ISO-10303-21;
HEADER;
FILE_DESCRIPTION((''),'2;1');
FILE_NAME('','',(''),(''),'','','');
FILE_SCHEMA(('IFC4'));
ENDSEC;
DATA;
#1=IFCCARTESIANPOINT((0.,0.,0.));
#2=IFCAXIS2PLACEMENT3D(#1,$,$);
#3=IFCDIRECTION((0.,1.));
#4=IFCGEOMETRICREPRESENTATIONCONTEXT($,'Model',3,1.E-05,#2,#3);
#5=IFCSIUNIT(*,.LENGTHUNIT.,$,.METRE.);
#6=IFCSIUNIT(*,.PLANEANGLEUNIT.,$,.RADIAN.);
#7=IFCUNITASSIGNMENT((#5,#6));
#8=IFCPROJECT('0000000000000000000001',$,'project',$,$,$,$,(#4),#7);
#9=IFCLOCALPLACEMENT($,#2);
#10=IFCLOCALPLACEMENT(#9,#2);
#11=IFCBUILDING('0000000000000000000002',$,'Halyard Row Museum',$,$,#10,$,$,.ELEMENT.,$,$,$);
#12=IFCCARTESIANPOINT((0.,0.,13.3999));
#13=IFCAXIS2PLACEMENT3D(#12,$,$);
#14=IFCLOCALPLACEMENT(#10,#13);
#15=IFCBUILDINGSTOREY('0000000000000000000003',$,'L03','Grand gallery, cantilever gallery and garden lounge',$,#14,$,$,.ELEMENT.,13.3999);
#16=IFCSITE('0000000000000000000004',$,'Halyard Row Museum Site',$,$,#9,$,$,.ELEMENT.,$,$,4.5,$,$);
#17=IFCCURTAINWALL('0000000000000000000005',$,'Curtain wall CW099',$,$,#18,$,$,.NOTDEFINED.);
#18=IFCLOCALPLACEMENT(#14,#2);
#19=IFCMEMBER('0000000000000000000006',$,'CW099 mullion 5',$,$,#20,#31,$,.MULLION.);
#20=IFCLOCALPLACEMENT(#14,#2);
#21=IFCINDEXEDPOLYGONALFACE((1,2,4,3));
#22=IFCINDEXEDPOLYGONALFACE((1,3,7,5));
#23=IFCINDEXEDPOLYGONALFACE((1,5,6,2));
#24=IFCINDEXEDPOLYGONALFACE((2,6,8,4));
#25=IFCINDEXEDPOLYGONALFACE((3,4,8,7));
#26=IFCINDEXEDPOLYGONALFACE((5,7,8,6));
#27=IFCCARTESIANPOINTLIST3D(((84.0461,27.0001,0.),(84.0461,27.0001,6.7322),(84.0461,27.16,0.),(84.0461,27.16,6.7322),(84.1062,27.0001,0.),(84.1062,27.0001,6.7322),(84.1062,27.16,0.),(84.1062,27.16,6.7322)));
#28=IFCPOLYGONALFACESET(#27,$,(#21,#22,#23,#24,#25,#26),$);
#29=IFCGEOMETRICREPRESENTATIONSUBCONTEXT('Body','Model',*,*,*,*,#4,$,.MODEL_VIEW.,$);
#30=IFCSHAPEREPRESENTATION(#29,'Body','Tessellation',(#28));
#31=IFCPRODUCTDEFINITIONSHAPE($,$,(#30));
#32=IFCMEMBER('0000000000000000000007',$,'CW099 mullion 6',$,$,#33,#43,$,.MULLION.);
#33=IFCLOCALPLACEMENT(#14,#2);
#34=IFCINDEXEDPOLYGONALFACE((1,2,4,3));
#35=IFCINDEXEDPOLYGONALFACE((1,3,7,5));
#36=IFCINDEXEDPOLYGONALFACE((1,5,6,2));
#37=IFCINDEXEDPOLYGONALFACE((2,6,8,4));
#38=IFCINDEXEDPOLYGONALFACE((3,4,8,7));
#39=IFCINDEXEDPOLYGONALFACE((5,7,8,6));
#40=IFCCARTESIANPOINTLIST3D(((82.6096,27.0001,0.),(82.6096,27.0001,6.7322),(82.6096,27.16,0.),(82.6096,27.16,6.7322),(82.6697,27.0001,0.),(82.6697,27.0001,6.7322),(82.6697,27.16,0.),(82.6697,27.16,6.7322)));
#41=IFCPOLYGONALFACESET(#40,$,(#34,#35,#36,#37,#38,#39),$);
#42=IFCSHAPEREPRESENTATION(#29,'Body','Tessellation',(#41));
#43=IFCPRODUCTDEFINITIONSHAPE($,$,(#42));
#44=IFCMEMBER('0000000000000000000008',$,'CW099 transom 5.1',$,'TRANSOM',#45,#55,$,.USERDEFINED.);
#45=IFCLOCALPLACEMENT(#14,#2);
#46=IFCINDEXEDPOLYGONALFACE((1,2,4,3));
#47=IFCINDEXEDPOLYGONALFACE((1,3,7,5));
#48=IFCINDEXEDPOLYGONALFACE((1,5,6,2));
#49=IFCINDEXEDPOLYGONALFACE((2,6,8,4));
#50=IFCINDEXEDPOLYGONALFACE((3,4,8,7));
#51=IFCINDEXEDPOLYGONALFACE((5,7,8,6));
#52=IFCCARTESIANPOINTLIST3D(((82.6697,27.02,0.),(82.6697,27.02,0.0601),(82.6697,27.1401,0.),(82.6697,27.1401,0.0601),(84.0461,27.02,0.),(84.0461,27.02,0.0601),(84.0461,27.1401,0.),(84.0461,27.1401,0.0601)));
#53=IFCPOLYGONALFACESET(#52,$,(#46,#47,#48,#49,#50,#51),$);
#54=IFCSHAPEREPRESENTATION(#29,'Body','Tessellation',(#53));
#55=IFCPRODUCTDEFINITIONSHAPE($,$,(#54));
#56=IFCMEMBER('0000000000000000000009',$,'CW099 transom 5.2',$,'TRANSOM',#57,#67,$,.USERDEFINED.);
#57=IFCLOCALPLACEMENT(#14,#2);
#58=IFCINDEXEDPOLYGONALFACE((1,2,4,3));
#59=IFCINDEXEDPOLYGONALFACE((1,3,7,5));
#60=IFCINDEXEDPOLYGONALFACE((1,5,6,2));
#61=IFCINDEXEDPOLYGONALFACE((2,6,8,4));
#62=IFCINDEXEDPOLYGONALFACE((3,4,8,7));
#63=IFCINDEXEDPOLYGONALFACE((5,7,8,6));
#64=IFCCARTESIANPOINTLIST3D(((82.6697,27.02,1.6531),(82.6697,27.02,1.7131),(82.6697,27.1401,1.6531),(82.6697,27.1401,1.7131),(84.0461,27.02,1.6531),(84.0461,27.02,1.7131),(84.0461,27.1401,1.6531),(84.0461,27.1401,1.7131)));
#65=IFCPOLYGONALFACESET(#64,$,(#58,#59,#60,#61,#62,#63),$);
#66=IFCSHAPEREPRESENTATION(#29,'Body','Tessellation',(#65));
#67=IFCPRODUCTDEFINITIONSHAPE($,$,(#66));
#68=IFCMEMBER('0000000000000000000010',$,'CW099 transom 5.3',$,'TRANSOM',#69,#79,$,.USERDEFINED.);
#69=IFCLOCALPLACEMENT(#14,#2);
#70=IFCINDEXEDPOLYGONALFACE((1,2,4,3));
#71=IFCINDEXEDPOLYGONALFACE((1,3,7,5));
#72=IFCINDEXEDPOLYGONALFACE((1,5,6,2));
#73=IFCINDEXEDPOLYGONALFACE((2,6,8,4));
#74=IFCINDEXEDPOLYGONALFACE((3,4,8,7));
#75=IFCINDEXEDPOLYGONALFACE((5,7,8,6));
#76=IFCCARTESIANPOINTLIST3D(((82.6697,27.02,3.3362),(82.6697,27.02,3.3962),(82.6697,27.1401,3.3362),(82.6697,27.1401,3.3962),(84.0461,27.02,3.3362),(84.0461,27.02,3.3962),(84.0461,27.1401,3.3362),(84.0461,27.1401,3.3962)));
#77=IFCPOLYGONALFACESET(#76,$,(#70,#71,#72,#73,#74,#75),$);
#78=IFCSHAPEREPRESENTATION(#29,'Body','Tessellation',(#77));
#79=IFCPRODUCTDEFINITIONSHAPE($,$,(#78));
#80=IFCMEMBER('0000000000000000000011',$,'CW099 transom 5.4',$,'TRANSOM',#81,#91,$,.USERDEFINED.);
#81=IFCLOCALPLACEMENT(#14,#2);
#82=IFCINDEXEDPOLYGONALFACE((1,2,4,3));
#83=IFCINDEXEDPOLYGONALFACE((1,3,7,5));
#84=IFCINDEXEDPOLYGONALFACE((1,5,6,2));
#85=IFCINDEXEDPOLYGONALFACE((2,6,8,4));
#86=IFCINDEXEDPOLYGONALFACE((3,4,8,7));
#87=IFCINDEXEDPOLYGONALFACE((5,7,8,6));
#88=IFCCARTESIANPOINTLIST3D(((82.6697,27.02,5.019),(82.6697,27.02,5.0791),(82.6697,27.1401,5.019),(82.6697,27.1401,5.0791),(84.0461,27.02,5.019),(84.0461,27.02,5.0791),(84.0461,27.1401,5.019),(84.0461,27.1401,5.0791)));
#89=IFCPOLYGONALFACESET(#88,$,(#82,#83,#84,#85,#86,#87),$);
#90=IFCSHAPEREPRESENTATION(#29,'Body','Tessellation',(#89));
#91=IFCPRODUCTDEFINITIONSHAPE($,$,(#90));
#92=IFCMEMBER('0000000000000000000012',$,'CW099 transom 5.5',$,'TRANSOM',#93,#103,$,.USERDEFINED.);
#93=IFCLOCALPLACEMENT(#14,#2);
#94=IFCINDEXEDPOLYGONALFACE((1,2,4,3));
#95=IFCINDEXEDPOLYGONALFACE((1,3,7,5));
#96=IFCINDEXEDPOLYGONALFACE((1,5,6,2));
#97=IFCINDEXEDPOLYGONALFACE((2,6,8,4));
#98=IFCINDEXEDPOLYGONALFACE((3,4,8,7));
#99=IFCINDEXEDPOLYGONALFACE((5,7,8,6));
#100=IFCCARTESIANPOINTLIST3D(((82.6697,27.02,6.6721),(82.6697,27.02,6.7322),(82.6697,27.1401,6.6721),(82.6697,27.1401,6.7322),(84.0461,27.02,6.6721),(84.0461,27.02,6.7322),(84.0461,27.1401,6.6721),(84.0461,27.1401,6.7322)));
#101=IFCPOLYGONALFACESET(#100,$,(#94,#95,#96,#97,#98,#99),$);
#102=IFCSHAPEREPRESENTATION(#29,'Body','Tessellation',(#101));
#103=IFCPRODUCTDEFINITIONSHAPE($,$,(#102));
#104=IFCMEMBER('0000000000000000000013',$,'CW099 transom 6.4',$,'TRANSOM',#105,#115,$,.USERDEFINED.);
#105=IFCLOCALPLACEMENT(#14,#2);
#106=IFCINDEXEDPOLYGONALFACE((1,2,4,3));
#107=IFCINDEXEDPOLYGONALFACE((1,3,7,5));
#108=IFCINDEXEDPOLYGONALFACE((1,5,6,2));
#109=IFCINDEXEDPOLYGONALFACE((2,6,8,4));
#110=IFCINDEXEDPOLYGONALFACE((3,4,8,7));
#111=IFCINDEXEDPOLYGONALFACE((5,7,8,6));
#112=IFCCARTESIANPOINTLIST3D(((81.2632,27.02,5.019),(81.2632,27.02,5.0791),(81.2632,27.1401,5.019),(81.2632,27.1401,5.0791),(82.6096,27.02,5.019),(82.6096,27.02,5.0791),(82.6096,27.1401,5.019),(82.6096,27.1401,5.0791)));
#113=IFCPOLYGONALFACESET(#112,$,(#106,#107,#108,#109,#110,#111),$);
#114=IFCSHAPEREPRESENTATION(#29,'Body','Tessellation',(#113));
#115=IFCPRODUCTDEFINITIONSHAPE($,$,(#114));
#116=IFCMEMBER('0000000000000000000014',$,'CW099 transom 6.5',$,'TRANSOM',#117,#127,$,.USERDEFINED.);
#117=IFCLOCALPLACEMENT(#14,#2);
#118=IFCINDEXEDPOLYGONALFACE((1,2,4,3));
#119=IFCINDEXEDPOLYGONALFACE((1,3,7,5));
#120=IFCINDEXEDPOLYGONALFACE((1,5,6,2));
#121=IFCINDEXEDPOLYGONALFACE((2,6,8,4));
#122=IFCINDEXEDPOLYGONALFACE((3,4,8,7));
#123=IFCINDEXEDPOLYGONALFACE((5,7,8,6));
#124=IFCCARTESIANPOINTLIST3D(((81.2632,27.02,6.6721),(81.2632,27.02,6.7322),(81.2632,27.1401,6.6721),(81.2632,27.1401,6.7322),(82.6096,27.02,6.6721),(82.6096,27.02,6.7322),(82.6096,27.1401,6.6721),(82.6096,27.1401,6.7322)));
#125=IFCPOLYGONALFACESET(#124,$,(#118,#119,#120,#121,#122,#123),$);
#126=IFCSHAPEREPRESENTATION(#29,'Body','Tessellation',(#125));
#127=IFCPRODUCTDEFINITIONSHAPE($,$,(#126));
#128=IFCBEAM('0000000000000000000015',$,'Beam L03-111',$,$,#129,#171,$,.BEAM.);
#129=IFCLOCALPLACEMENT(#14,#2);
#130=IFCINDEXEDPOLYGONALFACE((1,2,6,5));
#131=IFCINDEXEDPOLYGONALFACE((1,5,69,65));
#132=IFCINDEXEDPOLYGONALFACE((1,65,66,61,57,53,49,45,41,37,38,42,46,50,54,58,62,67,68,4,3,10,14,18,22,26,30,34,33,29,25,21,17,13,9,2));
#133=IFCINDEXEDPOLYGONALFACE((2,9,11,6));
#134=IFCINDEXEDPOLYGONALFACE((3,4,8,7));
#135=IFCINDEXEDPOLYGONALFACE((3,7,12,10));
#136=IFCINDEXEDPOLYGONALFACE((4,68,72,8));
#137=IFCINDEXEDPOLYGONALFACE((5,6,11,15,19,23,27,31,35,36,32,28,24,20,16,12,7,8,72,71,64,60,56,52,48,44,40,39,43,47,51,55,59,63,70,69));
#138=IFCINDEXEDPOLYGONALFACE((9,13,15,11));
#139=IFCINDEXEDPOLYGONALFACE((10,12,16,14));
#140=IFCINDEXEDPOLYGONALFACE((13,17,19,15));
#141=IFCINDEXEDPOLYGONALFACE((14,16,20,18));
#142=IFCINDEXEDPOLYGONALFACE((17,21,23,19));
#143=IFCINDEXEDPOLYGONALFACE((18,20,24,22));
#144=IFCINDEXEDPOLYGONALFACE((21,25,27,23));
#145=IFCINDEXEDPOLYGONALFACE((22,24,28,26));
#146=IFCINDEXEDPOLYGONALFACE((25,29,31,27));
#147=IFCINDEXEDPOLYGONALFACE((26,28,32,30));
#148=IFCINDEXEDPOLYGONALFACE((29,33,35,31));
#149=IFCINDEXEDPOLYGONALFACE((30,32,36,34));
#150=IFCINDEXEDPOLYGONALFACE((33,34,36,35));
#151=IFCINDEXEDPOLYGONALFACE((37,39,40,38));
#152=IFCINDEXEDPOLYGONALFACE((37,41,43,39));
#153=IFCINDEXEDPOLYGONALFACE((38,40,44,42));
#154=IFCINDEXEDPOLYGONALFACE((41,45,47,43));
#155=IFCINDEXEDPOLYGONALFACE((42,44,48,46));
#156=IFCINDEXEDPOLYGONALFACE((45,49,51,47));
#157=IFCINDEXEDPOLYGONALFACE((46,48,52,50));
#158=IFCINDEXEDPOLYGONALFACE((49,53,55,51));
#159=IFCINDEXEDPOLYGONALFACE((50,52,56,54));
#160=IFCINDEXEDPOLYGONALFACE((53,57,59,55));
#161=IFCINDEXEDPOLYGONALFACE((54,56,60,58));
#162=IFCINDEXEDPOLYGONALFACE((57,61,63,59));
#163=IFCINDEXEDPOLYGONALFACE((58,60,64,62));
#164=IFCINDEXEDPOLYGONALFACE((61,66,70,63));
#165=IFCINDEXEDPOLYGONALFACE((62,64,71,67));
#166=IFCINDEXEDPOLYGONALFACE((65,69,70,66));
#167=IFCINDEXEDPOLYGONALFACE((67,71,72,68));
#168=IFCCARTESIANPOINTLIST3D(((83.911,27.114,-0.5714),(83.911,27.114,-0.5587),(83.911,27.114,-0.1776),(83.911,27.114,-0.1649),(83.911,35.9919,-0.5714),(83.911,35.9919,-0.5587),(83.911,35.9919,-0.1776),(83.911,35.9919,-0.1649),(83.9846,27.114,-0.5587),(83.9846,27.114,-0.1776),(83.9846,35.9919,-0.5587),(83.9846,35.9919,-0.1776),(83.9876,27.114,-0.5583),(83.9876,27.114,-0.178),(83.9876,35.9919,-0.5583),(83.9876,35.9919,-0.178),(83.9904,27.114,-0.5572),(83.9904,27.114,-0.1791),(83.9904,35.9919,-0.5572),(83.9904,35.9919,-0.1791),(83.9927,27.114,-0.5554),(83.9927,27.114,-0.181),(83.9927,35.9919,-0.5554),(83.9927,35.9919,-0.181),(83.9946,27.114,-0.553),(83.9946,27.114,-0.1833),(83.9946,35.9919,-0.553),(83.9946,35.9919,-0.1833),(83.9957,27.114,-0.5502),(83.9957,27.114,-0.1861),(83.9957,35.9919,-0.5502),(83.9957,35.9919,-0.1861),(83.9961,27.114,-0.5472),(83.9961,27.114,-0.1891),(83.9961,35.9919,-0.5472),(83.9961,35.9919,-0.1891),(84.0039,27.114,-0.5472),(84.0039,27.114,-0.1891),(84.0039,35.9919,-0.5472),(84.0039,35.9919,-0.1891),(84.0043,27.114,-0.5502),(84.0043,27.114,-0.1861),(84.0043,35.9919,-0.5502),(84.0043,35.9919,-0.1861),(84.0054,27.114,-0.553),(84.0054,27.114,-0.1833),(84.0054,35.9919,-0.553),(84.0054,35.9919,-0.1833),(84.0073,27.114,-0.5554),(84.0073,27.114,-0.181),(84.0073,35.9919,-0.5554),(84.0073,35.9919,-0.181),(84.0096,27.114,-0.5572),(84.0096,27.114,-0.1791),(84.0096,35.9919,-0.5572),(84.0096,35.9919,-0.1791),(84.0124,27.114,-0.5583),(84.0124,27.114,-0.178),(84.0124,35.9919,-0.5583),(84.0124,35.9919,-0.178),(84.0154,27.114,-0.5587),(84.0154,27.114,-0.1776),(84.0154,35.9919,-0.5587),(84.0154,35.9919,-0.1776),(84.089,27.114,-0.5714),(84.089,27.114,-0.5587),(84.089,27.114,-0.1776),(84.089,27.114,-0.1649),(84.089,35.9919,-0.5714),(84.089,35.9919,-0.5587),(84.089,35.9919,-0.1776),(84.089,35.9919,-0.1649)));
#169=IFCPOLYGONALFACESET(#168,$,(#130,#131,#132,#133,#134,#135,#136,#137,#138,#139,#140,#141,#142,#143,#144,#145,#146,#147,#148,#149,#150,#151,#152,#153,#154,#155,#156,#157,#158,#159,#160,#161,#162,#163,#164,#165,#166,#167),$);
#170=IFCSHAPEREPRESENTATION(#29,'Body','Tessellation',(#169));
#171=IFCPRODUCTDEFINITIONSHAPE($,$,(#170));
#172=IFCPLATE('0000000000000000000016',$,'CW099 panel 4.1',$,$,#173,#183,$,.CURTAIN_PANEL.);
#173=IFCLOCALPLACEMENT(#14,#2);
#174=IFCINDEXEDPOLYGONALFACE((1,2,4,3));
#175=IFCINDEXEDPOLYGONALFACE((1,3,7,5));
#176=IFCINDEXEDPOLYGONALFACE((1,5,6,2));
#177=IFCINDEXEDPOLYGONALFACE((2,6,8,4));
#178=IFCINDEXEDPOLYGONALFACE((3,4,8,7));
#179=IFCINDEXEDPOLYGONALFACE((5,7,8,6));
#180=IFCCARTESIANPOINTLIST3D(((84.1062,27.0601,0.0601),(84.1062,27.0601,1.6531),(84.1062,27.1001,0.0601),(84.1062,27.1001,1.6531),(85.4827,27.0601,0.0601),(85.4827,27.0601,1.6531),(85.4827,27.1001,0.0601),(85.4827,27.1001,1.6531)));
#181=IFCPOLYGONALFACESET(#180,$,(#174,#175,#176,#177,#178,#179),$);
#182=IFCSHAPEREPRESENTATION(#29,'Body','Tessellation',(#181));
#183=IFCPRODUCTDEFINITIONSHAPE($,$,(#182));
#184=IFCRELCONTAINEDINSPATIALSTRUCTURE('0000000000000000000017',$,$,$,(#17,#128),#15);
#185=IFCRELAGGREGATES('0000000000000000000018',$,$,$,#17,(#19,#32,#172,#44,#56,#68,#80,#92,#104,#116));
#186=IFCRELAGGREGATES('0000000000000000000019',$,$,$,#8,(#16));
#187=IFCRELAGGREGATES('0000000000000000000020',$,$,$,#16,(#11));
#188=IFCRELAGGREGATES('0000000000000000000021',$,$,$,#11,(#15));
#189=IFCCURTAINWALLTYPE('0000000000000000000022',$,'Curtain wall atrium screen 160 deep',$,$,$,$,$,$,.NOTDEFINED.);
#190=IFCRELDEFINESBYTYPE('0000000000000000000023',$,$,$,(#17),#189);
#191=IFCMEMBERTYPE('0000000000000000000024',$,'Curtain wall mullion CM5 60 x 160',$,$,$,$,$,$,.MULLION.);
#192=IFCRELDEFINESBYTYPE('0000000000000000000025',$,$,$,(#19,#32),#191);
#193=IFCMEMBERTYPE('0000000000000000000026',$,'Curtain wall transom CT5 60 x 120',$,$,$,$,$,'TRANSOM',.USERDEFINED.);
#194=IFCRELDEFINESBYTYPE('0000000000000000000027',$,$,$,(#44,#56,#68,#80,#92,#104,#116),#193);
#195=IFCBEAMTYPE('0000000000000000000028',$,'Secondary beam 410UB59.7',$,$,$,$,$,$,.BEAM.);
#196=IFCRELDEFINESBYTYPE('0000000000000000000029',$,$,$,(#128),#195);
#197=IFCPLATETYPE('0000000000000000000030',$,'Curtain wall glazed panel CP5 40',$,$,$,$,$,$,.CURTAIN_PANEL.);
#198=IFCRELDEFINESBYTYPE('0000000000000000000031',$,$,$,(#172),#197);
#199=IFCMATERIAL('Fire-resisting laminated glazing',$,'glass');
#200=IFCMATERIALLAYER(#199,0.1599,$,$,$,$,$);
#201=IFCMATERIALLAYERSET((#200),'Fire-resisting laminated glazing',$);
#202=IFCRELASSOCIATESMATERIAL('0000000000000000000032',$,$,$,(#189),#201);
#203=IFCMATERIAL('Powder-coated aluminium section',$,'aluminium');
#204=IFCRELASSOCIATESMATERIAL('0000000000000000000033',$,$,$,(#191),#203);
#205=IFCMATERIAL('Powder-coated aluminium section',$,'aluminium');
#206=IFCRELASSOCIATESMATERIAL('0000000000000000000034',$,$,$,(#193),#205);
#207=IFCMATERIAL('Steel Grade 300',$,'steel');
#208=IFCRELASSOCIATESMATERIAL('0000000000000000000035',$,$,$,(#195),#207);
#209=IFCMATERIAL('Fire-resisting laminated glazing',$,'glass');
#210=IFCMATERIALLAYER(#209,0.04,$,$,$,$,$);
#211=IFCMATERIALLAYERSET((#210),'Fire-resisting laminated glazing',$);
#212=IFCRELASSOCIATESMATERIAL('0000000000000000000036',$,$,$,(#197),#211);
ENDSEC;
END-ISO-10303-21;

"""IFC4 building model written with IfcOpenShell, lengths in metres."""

from ifc_helpers import new_model, si_unit, direction, frame, origin, origin_2d, place, context, subcontext, project, spatial, rectangle, i_section, extrude, material, layer, layer_set, material_profile, profile_set, type_object, element, aggregate, save


model = new_model("IFC4")

# Units and contexts
model_context = context("Model", 3, precision=1e-05, world=origin(), true_north=direction((0.0, 1.0)))
body_context = subcontext(model_context, "Body", "Model", "MODEL_VIEW")
ifc_project = project(units=[si_unit("LENGTHUNIT", "METRE"), si_unit("PLANEANGLEUNIT", "RADIAN")], contexts=[model_context])

# Site, building, storey
site_placement = place(None, origin())
site = spatial("IfcSite", under=ifc_project, at=site_placement, Name="Halyard Row Museum Site", CompositionType="ELEMENT", RefElevation=4.5)
building_placement = place(site_placement, origin())
building = spatial("IfcBuilding", under=site, at=building_placement, Name="Halyard Row Museum", CompositionType="ELEMENT")
storey_placement = place(building_placement, frame((0.0, 0.0, 13.3999)))
storey = spatial("IfcBuildingStorey", under=building, at=storey_placement, Name="L03", Description="Grand gallery, cantilever gallery and garden lounge", CompositionType="ELEMENT", Elevation=13.3999)

# Curtain wall, members
ifc_material_1 = material(Name="Fire-resisting laminated glazing", Category="glass")
ifc_layer_1 = layer(ifc_material_1, 0.1599)
ifc_layer_set_1 = layer_set([ifc_layer_1], Name="Fire-resisting laminated glazing")
curtain_wall_type = type_object("IfcCurtainWallType", Name="Curtain wall atrium screen 160 deep", PredefinedType="NOTDEFINED", material=ifc_layer_set_1)
curtain_wall_placement = place(storey_placement, origin())
curtain_wall = element("IfcCurtainWall", 1, at=curtain_wall_placement, inside=storey, type_object=curtain_wall_type, Name="Curtain wall CW099", PredefinedType="NOTDEFINED")
ifc_material_2 = material(Name="Powder-coated aluminium section", Category="aluminium")
ifc_material_profile_1 = material_profile(ifc_material_2, rectangle(XDim=0.1599, YDim=0.0601, at=origin_2d()), Name="160x60 mullion")
ifc_profile_set_1 = profile_set([ifc_material_profile_1], Name="Powder-coated aluminium section")
member_type_1 = type_object("IfcMemberType", Name="Curtain wall mullion CM5 60 x 160", PredefinedType="MULLION", material=ifc_profile_set_1)
member_1_placement = place(storey_placement, frame((84.0762, 27.0801, 0.0), z_axis=(0.0, 0.0, 1.0), x_axis=(0.0, -1.0, 0.0)))
member_1 = element("IfcMember", 2, at=member_1_placement, type_object=member_type_1, Name="CW099 mullion 5", PredefinedType="MULLION", context=body_context, shape_type="SweptSolid", body=[
    extrude(rectangle(XDim=0.1599, YDim=0.0601, at=origin_2d()), origin(), (0.0, 0.0, 1.0), 6.7322),
])
member_2_placement = place(storey_placement, frame((82.6396, 27.0801, 0.0), z_axis=(0.0, 0.0, 1.0), x_axis=(0.0, -1.0, 0.0)))
member_2 = element("IfcMember", 3, at=member_2_placement, type_object=member_type_1, Name="CW099 mullion 6", PredefinedType="MULLION", context=body_context, shape_type="SweptSolid", body=[
    extrude(rectangle(XDim=0.1599, YDim=0.0601, at=origin_2d()), origin(), (0.0, 0.0, 1.0), 6.7322),
])
ifc_material_3 = material(Name="Powder-coated aluminium section", Category="aluminium")
ifc_material_profile_2 = material_profile(ifc_material_3, rectangle(XDim=0.1201, YDim=0.0601, at=origin_2d()), Name="120x60 transom")
ifc_profile_set_2 = profile_set([ifc_material_profile_2], Name="Powder-coated aluminium section")
member_type_2 = type_object("IfcMemberType", Name="Curtain wall transom CT5 60 x 120", ElementType="TRANSOM", PredefinedType="USERDEFINED", material=ifc_profile_set_2)
member_3_placement = place(storey_placement, frame((84.0461, 27.0801, 0.03), z_axis=(-1.0, 0.0, 0.0), x_axis=(0.0, -1.0, 0.0)))
member_3 = element("IfcMember", 4, at=member_3_placement, type_object=member_type_2, Name="CW099 transom 5.1", ObjectType="TRANSOM", PredefinedType="USERDEFINED", context=body_context, shape_type="SweptSolid", body=[
    extrude(rectangle(XDim=0.1201, YDim=0.0601, at=origin_2d()), origin(), (0.0, 0.0, 1.0), 1.3765),
])
member_4_placement = place(storey_placement, frame((84.0461, 27.0801, 1.6831), z_axis=(-1.0, 0.0, 0.0), x_axis=(0.0, -1.0, 0.0)))
member_4 = element("IfcMember", 5, at=member_4_placement, type_object=member_type_2, Name="CW099 transom 5.2", ObjectType="TRANSOM", PredefinedType="USERDEFINED", context=body_context, shape_type="SweptSolid", body=[
    extrude(rectangle(XDim=0.1201, YDim=0.0601, at=origin_2d()), origin(), (0.0, 0.0, 1.0), 1.3765),
])
member_5_placement = place(storey_placement, frame((84.0461, 27.0801, 3.3662), z_axis=(-1.0, 0.0, 0.0), x_axis=(0.0, -1.0, 0.0)))
member_5 = element("IfcMember", 6, at=member_5_placement, type_object=member_type_2, Name="CW099 transom 5.3", ObjectType="TRANSOM", PredefinedType="USERDEFINED", context=body_context, shape_type="SweptSolid", body=[
    extrude(rectangle(XDim=0.1201, YDim=0.0601, at=origin_2d()), origin(), (0.0, 0.0, 1.0), 1.3765),
])
member_6_placement = place(storey_placement, frame((84.0461, 27.0801, 5.0491), z_axis=(-1.0, 0.0, 0.0), x_axis=(0.0, -1.0, 0.0)))
member_6 = element("IfcMember", 7, at=member_6_placement, type_object=member_type_2, Name="CW099 transom 5.4", ObjectType="TRANSOM", PredefinedType="USERDEFINED", context=body_context, shape_type="SweptSolid", body=[
    extrude(rectangle(XDim=0.1201, YDim=0.0601, at=origin_2d()), origin(), (0.0, 0.0, 1.0), 1.3765),
])
member_7_placement = place(storey_placement, frame((84.0461, 27.0801, 6.7021), z_axis=(-1.0, 0.0, 0.0), x_axis=(0.0, -1.0, 0.0)))
member_7 = element("IfcMember", 8, at=member_7_placement, type_object=member_type_2, Name="CW099 transom 5.5", ObjectType="TRANSOM", PredefinedType="USERDEFINED", context=body_context, shape_type="SweptSolid", body=[
    extrude(rectangle(XDim=0.1201, YDim=0.0601, at=origin_2d()), origin(), (0.0, 0.0, 1.0), 1.3765),
])
member_8_placement = place(storey_placement, frame((82.6096, 27.0801, 5.0491), z_axis=(-1.0, 0.0, 0.0), x_axis=(0.0, -1.0, 0.0)))
member_8 = element("IfcMember", 9, at=member_8_placement, type_object=member_type_2, Name="CW099 transom 6.4", ObjectType="TRANSOM", PredefinedType="USERDEFINED", context=body_context, shape_type="SweptSolid", body=[
    extrude(rectangle(XDim=0.1201, YDim=0.0601, at=origin_2d()), origin(), (0.0, 0.0, 1.0), 1.3464),
])
member_9_placement = place(storey_placement, frame((82.6096, 27.0801, 6.7021), z_axis=(-1.0, 0.0, 0.0), x_axis=(0.0, -1.0, 0.0)))
member_9 = element("IfcMember", 10, at=member_9_placement, type_object=member_type_2, Name="CW099 transom 6.5", ObjectType="TRANSOM", PredefinedType="USERDEFINED", context=body_context, shape_type="SweptSolid", body=[
    extrude(rectangle(XDim=0.1201, YDim=0.0601, at=origin_2d()), origin(), (0.0, 0.0, 1.0), 1.3464),
])

# Beam
ifc_material_4 = material(Name="Steel Grade 300", Category="steel")
ifc_material_profile_3 = material_profile(ifc_material_4, i_section(OverallWidth=0.178, OverallDepth=0.4065, WebThickness=0.0078, FlangeThickness=0.0127, FilletRadius=0.0115, at=origin_2d()), Name="410UB59.7")
ifc_profile_set_3 = profile_set([ifc_material_profile_3], Name="Steel Grade 300")
beam_type = type_object("IfcBeamType", Name="Secondary beam 410UB59.7", PredefinedType="BEAM", material=ifc_profile_set_3)
beam_placement = place(storey_placement, frame((84.0, 27.114, -0.3682), z_axis=(0.0, 1.0, 0.0), x_axis=(-1.0, 0.0, 0.0)))
element("IfcBeam", 11, at=beam_placement, inside=storey, type_object=beam_type, Name="Beam L03-111", PredefinedType="BEAM", context=body_context, shape_type="SweptSolid", body=[
    extrude(i_section(OverallWidth=0.178, OverallDepth=0.4065, WebThickness=0.0078, FlangeThickness=0.0127, FilletRadius=0.0115, at=origin_2d()), origin(), (0.0, 0.0, 1.0), 8.8779),
])

# Plate
ifc_material_5 = material(Name="Fire-resisting laminated glazing", Category="glass")
ifc_layer_2 = layer(ifc_material_5, 0.04)
ifc_layer_set_2 = layer_set([ifc_layer_2], Name="Fire-resisting laminated glazing")
plate_type = type_object("IfcPlateType", Name="Curtain wall glazed panel CP5 40", PredefinedType="CURTAIN_PANEL", material=ifc_layer_set_2)
plate_1_placement = place(storey_placement, frame((84.7944, 27.0801, 0.0601), z_axis=(0.0, 0.0, 1.0), x_axis=(-1.0, 0.0, 0.0)))
plate_1 = element("IfcPlate", 12, at=plate_1_placement, type_object=plate_type, Name="CW099 panel 4.1", PredefinedType="CURTAIN_PANEL", context=body_context, shape_type="SweptSolid", body=[
    extrude(rectangle(XDim=1.3765, YDim=0.04, at=origin_2d()), origin(), (0.0, 0.0, 1.0), 1.593),
])
aggregate(curtain_wall, [member_1, member_2, plate_1, member_3, member_4, member_5, member_6, member_7, member_8, member_9])

save(model, "model.ifc")
